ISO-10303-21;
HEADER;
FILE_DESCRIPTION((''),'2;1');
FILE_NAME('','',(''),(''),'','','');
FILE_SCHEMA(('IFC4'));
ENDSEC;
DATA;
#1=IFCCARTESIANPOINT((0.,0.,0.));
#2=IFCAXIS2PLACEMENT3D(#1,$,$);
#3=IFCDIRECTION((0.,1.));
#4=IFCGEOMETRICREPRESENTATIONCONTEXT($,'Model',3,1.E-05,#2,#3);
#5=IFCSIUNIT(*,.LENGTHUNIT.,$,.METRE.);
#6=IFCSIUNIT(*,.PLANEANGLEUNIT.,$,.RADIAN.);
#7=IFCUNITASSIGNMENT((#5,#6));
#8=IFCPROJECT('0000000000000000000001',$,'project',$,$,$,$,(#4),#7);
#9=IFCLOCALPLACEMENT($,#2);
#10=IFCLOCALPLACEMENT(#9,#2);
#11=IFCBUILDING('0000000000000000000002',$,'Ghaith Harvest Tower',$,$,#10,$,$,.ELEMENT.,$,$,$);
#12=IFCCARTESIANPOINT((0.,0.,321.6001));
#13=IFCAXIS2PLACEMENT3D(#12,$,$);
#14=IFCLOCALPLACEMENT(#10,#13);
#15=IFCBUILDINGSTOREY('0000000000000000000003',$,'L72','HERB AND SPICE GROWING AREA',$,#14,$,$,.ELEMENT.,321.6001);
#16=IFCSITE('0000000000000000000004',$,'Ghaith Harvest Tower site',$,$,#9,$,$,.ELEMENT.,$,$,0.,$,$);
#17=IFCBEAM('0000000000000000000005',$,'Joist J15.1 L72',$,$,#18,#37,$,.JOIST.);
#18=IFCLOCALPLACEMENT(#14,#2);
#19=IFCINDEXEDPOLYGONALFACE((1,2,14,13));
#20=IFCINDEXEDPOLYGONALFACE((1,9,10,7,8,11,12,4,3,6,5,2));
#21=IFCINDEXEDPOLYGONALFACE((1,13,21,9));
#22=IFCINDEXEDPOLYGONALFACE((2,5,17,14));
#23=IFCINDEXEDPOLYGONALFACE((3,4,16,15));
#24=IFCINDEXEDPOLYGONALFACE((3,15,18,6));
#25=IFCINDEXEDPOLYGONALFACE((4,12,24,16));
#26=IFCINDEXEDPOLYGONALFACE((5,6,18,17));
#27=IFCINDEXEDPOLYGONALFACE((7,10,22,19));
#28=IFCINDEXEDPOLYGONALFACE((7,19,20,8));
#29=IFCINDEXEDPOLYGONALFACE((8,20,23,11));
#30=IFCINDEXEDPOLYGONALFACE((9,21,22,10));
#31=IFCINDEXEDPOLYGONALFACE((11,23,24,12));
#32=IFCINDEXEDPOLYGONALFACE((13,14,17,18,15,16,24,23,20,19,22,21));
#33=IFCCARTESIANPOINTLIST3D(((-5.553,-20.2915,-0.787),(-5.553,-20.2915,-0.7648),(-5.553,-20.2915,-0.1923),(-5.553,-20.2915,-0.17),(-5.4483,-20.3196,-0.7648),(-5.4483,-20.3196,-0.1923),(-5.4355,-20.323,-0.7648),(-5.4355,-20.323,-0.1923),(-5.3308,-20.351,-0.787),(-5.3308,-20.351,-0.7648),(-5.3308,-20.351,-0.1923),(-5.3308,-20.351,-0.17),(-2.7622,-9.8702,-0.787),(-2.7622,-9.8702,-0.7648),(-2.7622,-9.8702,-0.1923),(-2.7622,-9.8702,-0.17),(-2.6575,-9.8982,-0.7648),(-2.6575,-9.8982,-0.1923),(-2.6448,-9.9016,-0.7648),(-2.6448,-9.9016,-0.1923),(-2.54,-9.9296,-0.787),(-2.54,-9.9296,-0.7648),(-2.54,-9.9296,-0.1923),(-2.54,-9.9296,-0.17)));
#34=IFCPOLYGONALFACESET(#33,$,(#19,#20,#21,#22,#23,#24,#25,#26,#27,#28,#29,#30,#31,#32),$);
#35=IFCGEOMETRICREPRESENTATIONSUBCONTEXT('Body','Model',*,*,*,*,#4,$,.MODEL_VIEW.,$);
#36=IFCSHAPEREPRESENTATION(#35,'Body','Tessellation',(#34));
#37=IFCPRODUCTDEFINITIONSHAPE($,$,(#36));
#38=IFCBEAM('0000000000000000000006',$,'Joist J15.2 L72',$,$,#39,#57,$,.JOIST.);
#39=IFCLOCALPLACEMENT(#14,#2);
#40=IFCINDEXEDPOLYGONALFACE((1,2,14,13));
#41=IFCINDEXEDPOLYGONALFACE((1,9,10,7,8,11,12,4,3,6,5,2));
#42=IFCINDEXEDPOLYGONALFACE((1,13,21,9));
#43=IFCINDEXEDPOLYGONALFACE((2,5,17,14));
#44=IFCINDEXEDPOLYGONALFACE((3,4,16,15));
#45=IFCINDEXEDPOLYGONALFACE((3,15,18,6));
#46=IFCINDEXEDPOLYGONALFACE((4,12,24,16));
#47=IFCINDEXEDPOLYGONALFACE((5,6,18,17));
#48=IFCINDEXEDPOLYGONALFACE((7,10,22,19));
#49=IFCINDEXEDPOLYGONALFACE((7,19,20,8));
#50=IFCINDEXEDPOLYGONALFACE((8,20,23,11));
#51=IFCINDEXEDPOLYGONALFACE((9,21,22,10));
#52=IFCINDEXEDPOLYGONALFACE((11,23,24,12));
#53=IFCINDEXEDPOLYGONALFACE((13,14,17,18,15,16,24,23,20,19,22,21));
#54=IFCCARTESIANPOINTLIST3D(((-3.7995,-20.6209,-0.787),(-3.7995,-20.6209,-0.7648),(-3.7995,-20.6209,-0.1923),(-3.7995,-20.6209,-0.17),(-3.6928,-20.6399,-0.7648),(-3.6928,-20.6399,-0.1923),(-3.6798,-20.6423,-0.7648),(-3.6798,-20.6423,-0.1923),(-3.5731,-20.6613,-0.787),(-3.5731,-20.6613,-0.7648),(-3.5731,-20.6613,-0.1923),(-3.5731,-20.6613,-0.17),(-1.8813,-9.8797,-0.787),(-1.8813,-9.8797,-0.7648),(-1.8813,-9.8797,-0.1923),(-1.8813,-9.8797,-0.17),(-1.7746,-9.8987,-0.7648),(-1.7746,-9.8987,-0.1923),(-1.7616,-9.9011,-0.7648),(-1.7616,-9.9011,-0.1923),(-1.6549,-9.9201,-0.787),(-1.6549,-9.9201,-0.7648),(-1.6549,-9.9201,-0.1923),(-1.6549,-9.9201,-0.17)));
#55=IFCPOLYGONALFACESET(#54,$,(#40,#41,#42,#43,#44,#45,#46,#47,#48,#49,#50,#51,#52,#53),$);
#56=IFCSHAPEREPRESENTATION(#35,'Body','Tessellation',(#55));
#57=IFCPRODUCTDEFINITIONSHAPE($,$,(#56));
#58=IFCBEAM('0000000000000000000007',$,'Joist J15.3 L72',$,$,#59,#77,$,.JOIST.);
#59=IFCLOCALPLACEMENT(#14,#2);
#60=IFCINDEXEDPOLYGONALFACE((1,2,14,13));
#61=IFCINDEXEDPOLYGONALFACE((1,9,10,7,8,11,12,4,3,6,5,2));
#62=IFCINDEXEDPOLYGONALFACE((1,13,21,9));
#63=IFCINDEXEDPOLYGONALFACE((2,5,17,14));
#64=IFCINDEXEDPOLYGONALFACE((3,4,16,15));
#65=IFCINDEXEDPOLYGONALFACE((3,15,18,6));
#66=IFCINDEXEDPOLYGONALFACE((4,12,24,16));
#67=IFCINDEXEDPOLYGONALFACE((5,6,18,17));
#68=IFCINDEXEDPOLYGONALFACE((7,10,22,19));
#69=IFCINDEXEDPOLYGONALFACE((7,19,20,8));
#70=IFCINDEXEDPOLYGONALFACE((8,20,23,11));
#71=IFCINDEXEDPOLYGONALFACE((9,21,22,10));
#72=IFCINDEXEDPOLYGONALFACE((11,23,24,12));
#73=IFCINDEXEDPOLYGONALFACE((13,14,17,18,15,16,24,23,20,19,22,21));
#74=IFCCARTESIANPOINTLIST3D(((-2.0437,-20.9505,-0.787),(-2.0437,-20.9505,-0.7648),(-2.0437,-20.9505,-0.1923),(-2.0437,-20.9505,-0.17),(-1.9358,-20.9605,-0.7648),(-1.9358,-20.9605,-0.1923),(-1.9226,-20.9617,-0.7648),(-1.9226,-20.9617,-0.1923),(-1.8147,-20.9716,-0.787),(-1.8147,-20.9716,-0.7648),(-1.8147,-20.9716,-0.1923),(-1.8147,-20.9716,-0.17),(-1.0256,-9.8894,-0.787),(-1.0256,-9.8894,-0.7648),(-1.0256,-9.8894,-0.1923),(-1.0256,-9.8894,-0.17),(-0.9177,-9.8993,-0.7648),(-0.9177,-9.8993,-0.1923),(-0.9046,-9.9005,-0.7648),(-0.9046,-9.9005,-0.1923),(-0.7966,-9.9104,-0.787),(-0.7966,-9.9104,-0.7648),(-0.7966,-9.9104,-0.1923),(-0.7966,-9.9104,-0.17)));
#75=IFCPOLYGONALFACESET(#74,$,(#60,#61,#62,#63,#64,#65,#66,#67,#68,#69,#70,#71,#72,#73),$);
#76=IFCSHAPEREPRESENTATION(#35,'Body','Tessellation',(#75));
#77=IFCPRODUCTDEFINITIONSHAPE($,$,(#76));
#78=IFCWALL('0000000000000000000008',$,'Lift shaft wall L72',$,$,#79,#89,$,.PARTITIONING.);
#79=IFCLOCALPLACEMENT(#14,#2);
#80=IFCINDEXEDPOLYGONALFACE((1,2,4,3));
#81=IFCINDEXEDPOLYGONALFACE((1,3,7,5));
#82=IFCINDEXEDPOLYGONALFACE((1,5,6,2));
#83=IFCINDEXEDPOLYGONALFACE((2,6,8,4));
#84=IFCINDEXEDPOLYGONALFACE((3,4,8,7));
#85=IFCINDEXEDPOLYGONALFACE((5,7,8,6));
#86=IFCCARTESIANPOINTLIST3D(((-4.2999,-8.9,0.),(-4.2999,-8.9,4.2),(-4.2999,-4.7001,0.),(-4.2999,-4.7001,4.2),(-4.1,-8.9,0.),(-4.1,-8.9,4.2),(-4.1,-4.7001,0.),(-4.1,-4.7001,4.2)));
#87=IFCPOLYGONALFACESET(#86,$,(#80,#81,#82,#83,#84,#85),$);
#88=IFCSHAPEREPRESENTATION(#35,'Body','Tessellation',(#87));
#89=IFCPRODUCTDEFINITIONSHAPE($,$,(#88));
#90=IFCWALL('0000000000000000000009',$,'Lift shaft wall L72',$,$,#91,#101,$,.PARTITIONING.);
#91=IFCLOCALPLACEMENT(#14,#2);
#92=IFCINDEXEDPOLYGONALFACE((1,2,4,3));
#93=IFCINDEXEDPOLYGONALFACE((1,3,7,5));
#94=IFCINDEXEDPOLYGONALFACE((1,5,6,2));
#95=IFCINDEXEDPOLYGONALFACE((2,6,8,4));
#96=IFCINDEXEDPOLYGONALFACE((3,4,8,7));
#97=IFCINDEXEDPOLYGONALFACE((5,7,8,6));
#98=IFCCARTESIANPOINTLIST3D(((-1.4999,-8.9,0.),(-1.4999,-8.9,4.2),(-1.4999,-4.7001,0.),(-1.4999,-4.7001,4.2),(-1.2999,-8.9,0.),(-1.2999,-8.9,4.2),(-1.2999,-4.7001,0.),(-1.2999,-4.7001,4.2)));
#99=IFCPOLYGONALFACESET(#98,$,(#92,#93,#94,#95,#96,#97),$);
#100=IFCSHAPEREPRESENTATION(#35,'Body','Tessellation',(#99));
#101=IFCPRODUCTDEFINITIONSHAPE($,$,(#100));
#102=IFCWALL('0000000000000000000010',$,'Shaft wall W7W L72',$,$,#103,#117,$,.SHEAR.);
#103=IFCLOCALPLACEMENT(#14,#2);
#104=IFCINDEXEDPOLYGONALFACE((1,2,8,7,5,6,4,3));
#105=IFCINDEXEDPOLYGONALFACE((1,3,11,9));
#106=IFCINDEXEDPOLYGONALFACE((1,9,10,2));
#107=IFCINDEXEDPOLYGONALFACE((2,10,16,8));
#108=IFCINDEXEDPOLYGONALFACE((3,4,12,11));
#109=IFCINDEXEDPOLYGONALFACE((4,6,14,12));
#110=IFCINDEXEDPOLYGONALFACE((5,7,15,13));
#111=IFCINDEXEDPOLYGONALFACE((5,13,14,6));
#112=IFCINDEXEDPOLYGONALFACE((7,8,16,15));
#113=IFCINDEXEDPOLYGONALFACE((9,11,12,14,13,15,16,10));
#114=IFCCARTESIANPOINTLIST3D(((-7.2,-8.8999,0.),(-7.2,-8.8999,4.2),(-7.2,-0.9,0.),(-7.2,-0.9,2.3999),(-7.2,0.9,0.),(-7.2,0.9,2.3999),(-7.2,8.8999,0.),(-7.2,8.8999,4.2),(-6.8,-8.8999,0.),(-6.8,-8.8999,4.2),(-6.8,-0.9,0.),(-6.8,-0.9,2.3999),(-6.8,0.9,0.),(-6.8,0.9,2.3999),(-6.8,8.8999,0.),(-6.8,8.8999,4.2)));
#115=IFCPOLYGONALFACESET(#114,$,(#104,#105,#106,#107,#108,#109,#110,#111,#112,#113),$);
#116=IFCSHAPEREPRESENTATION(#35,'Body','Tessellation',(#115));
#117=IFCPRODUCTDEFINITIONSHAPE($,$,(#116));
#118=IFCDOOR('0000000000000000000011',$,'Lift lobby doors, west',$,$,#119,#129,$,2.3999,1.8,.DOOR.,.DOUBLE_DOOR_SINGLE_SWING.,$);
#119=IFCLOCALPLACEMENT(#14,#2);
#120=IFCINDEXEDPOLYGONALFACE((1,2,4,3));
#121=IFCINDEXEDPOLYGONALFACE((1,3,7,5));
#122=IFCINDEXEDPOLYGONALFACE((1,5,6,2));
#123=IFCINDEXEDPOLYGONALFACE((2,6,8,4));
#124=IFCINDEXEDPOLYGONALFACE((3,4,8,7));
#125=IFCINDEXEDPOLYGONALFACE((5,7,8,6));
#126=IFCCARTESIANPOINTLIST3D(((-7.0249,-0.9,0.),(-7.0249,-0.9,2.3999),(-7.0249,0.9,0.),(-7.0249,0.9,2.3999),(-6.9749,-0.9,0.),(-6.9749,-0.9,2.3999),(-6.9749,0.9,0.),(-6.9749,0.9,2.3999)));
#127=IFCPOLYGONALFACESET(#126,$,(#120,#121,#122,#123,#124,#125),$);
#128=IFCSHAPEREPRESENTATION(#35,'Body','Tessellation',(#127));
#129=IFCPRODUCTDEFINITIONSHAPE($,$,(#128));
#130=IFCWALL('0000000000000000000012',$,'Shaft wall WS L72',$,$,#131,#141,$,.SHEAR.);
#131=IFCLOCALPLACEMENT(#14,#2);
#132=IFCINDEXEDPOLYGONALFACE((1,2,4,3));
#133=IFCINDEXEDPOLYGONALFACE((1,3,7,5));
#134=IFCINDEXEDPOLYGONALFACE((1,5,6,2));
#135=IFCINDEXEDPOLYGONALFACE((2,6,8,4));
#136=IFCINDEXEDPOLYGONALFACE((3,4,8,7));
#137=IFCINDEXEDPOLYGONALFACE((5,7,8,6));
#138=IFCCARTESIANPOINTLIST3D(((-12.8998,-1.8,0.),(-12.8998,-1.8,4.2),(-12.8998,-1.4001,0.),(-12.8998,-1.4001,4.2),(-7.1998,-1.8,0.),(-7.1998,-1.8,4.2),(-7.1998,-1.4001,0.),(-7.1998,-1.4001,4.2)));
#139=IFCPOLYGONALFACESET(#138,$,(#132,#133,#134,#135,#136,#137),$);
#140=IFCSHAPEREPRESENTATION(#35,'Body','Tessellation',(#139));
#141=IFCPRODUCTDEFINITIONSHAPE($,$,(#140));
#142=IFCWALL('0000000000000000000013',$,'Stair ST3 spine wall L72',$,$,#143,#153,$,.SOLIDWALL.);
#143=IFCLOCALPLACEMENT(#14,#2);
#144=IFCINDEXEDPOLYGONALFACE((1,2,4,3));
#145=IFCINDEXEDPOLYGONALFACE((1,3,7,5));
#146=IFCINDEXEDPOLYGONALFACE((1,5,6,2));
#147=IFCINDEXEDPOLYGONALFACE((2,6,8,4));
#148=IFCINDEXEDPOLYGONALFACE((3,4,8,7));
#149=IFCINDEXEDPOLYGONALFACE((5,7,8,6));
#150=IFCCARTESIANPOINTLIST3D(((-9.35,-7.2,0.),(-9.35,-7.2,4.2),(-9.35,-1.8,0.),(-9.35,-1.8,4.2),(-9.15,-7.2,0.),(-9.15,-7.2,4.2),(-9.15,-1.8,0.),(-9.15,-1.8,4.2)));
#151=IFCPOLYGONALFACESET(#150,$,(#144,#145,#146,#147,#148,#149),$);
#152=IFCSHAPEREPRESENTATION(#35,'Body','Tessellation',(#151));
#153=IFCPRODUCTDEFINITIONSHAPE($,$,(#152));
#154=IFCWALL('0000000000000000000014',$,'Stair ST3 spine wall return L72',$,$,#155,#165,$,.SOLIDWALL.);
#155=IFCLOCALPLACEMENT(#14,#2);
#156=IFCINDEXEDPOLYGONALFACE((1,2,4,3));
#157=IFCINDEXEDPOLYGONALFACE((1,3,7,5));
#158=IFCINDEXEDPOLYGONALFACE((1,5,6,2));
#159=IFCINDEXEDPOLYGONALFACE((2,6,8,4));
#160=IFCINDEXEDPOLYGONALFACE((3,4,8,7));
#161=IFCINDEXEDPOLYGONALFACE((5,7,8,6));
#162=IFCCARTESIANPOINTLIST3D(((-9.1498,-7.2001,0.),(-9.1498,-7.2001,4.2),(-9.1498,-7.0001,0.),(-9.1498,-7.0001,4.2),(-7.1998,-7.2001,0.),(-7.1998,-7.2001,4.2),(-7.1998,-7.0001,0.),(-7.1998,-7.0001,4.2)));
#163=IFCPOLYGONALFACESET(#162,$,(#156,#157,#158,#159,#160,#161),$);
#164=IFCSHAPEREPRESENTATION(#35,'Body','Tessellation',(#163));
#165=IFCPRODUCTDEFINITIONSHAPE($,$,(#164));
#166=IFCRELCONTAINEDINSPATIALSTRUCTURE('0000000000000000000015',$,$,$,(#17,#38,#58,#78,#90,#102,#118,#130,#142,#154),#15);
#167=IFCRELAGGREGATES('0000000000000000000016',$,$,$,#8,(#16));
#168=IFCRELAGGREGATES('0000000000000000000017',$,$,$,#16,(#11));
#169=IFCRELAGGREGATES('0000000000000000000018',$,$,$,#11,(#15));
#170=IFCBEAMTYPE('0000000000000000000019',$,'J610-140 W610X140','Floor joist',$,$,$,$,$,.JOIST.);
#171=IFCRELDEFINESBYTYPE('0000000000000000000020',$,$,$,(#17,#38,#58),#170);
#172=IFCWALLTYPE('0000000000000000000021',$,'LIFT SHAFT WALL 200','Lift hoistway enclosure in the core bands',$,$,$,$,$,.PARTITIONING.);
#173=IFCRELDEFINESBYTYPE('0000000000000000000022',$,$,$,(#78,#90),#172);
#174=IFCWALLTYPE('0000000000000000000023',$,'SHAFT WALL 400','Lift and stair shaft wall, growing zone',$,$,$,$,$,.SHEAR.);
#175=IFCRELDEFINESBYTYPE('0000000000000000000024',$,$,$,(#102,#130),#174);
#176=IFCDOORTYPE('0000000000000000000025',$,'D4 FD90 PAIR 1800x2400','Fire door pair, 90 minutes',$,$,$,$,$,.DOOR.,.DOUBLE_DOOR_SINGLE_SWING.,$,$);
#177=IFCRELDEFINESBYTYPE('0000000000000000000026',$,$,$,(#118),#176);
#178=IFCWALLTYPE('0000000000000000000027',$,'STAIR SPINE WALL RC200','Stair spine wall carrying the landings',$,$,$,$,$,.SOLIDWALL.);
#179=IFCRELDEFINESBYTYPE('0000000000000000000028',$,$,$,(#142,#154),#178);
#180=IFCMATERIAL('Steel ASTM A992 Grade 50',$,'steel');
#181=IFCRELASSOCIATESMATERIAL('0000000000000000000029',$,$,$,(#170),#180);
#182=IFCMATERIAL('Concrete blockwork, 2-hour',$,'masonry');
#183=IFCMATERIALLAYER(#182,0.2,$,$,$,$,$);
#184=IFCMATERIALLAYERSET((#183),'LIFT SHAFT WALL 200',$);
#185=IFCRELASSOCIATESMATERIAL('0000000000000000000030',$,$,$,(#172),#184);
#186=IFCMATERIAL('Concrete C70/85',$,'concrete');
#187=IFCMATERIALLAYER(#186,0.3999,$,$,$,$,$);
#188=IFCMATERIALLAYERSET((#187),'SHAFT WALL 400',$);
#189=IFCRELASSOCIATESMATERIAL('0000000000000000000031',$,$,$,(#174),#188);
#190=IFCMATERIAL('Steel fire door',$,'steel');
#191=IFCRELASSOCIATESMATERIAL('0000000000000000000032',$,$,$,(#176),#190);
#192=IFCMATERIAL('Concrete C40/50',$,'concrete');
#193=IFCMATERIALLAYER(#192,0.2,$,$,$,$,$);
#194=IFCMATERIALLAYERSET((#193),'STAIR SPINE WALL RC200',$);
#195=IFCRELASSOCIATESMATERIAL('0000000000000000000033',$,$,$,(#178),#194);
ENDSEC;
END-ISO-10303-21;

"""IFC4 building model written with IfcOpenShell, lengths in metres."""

from ifc_helpers import new_model, si_unit, direction, frame, frame_2d, origin, origin_2d, place, context, subcontext, project, spatial, rectangle, i_section, extrude, material, layer, layer_set, material_profile, profile_set, type_object, element, fill, save


model = new_model("IFC4")

# Units and contexts
model_context = context("Model", 3, precision=1e-05, world=origin(), true_north=direction((0.0, 1.0)))
body_context = subcontext(model_context, "Body", "Model", "MODEL_VIEW")
ifc_project = project(units=[si_unit("LENGTHUNIT", "METRE"), si_unit("PLANEANGLEUNIT", "RADIAN")], contexts=[model_context])

# Site, building, storey
site_placement = place(None, origin())
site = spatial("IfcSite", under=ifc_project, at=site_placement, Name="Ghaith Harvest Tower site", CompositionType="ELEMENT", RefElevation=0.0)
building_placement = place(site_placement, origin())
building = spatial("IfcBuilding", under=site, at=building_placement, Name="Ghaith Harvest Tower", CompositionType="ELEMENT")
storey_placement = place(building_placement, frame((0.0, 0.0, 321.6001)))
storey = spatial("IfcBuildingStorey", under=building, at=storey_placement, Name="L72", Description="HERB AND SPICE GROWING AREA", CompositionType="ELEMENT", Elevation=321.6001)

# Beams
ifc_material_1 = material(Name="Steel ASTM A992 Grade 50", Category="steel")
ifc_material_profile_1 = material_profile(ifc_material_1, i_section(OverallWidth=0.23, OverallDepth=0.6169, WebThickness=0.0132, FlangeThickness=0.0222, at=origin_2d()), Name="W610X140")
ifc_profile_set_1 = profile_set([ifc_material_profile_1], Name="Steel ASTM A992 Grade 50")
beam_type_1 = type_object("IfcBeamType", Name="J610-140 W610X140", Description="Floor joist", PredefinedType="JOIST", material=ifc_profile_set_1)
beam_1_placement = place(storey_placement, frame((-2.6511, -9.8999, -0.4785), z_axis=(-0.258678, -0.965964, 0.0), x_axis=(0.965964, -0.258678, 0.0)))
element("IfcBeam", 1, at=beam_1_placement, inside=storey, type_object=beam_type_1, Name="Joist J15.1 L72", PredefinedType="JOIST", context=body_context, shape_type="SweptSolid", body=[
    extrude(i_section(OverallWidth=0.23, OverallDepth=0.6169, WebThickness=0.0132, FlangeThickness=0.0222, at=origin_2d()), origin(), (0.0, 0.0, 1.0), 10.7886),
])
beam_2_placement = place(storey_placement, frame((-1.7681, -9.8999, -0.4785), z_axis=(-0.175803, -0.984425, 0.0), x_axis=(0.984425, -0.175803, 0.0)))
element("IfcBeam", 2, at=beam_2_placement, inside=storey, type_object=beam_type_1, Name="Joist J15.2 L72", PredefinedType="JOIST", context=body_context, shape_type="SweptSolid", body=[
    extrude(i_section(OverallWidth=0.23, OverallDepth=0.6169, WebThickness=0.0132, FlangeThickness=0.0222, at=origin_2d()), origin(), (0.0, 0.0, 1.0), 10.9111),
])
beam_3_placement = place(storey_placement, frame((-0.9111, -9.8999, -0.4785), z_axis=(-0.091651, -0.995791, 0.0), x_axis=(0.995791, -0.091651, 0.0)))
element("IfcBeam", 3, at=beam_3_placement, inside=storey, type_object=beam_type_1, Name="Joist J15.3 L72", PredefinedType="JOIST", context=body_context, shape_type="SweptSolid", body=[
    extrude(i_section(OverallWidth=0.23, OverallDepth=0.6169, WebThickness=0.0132, FlangeThickness=0.0222, at=origin_2d()), origin(), (0.0, 0.0, 1.0), 11.1079),
])

# Walls
ifc_material_2 = material(Name="Concrete blockwork, 2-hour", Category="masonry")
ifc_layer_1 = layer(ifc_material_2, 0.2)
ifc_layer_set_1 = layer_set([ifc_layer_1], Name="LIFT SHAFT WALL 200")
wall_type_1 = type_object("IfcWallType", Name="LIFT SHAFT WALL 200", Description="Lift hoistway enclosure in the core bands", PredefinedType="PARTITIONING", material=ifc_layer_set_1)
for number, where, z_axis, x_axis, name in (
    (4, (-4.2, -4.7, 0.0), (0.0, 0.0, 1.0), (0.0, -1.0, 0.0), "Lift shaft wall L72"),
    (5, (-1.3999, -4.7, 0.0), (0.0, 0.0, 1.0), (0.0, -1.0, 0.0), "Lift shaft wall L72"),
):
    element("IfcWall", number, at=place(storey_placement, frame(where, z_axis=z_axis, x_axis=x_axis)), inside=storey, type_object=wall_type_1, Name=name, PredefinedType="PARTITIONING", context=body_context, shape_type="SweptSolid", body=[
        extrude(rectangle(XDim=4.2, YDim=0.2, at=frame_2d((2.1001, 0.0))), origin(), (0.0, 0.0, 1.0), 4.2),
    ])

# Wall, opening, door
ifc_material_3 = material(Name="Concrete C70/85", Category="concrete")
ifc_layer_2 = layer(ifc_material_3, 0.3999)
ifc_layer_set_2 = layer_set([ifc_layer_2], Name="SHAFT WALL 400")
wall_type_2 = type_object("IfcWallType", Name="SHAFT WALL 400", Description="Lift and stair shaft wall, growing zone", PredefinedType="SHEAR", material=ifc_layer_set_2)
wall_1_placement = place(storey_placement, frame((-7.0, -8.8999, 0.0), z_axis=(0.0, 0.0, 1.0), x_axis=(0.0, 1.0, 0.0)))
wall_1 = element("IfcWall", 6, at=wall_1_placement, inside=storey, type_object=wall_type_2, Name="Shaft wall W7W L72", PredefinedType="SHEAR", context=body_context, shape_type="SweptSolid", body=[
    extrude(rectangle(XDim=17.7998, YDim=0.3999, at=frame_2d((8.8999, 0.0))), origin(), (0.0, 0.0, 1.0), 4.2),
])
opening_1_placement = place(wall_1_placement, frame((8.0, 0.0, 0.0)))
opening_1 = element("IfcOpeningElement", 7, at=opening_1_placement, cuts=wall_1, PredefinedType="OPENING", context=body_context, shape_type="SweptSolid", body=[
    extrude(rectangle(XDim=1.8, YDim=2.3999, at=frame_2d((0.8999, 1.2))), frame((0.0, 0.21, 0.0), z_axis=(0.0, -1.0, 0.0), x_axis=(1.0, 0.0, 0.0)), (0.0, 0.0, 1.0), 0.4199),
])
ifc_material_4 = material(Name="Steel fire door", Category="steel")
door_type_1 = type_object("IfcDoorType", Name="D4 FD90 PAIR 1800x2400", Description="Fire door pair, 90 minutes", OperationType="DOUBLE_DOOR_SINGLE_SWING", PredefinedType="DOOR", material=ifc_material_4)
door_1_placement = place(opening_1_placement, origin())
door_1 = element("IfcDoor", 8, at=door_1_placement, inside=storey, type_object=door_type_1, Name="Lift lobby doors, west", OperationType="DOUBLE_DOOR_SINGLE_SWING", OverallHeight=2.3999, OverallWidth=1.8, PredefinedType="DOOR", context=body_context, shape_type="SweptSolid", body=[
    extrude(rectangle(XDim=1.8, YDim=2.3999, at=frame_2d((0.8999, 1.2))), frame((0.0, 0.0249, 0.0), z_axis=(0.0, -1.0, 0.0), x_axis=(1.0, 0.0, 0.0)), (0.0, 0.0, 1.0), 0.05),
])
fill(opening_1, door_1)

# Walls
wall_2_placement = place(storey_placement, frame((-12.8999, -1.6001, 0.0), z_axis=(0.0, 0.0, 1.0), x_axis=(1.0, 0.0, 0.0)))
element("IfcWall", 9, at=wall_2_placement, inside=storey, type_object=wall_type_2, Name="Shaft wall WS L72", PredefinedType="SHEAR", context=body_context, shape_type="SweptSolid", body=[
    extrude(rectangle(XDim=5.7, YDim=0.3999, at=frame_2d((2.8501, 0.0))), origin(), (0.0, 0.0, 1.0), 4.2),
])
ifc_material_5 = material(Name="Concrete C40/50", Category="concrete")
ifc_layer_3 = layer(ifc_material_5, 0.2)
ifc_layer_set_3 = layer_set([ifc_layer_3], Name="STAIR SPINE WALL RC200")
wall_type_3 = type_object("IfcWallType", Name="STAIR SPINE WALL RC200", Description="Stair spine wall carrying the landings", PredefinedType="SOLIDWALL", material=ifc_layer_set_3)
wall_3_placement = place(storey_placement, frame((-9.25, -7.2, 0.0), z_axis=(0.0, 0.0, 1.0), x_axis=(0.0, 1.0, 0.0)))
element("IfcWall", 10, at=wall_3_placement, inside=storey, type_object=wall_type_3, Name="Stair ST3 spine wall L72", PredefinedType="SOLIDWALL", context=body_context, shape_type="SweptSolid", body=[
    extrude(rectangle(XDim=5.3999, YDim=0.2, at=frame_2d((2.7, 0.0))), origin(), (0.0, 0.0, 1.0), 4.2),
])
wall_4_placement = place(storey_placement, frame((-9.1499, -7.1001, 0.0), z_axis=(0.0, 0.0, 1.0), x_axis=(1.0, 0.0, 0.0)))
element("IfcWall", 11, at=wall_4_placement, inside=storey, type_object=wall_type_3, Name="Stair ST3 spine wall return L72", PredefinedType="SOLIDWALL", context=body_context, shape_type="SweptSolid", body=[
    extrude(rectangle(XDim=1.95, YDim=0.2, at=frame_2d((0.9751, 0.0))), origin(), (0.0, 0.0, 1.0), 4.2),
])

save(model, "model.ifc")
